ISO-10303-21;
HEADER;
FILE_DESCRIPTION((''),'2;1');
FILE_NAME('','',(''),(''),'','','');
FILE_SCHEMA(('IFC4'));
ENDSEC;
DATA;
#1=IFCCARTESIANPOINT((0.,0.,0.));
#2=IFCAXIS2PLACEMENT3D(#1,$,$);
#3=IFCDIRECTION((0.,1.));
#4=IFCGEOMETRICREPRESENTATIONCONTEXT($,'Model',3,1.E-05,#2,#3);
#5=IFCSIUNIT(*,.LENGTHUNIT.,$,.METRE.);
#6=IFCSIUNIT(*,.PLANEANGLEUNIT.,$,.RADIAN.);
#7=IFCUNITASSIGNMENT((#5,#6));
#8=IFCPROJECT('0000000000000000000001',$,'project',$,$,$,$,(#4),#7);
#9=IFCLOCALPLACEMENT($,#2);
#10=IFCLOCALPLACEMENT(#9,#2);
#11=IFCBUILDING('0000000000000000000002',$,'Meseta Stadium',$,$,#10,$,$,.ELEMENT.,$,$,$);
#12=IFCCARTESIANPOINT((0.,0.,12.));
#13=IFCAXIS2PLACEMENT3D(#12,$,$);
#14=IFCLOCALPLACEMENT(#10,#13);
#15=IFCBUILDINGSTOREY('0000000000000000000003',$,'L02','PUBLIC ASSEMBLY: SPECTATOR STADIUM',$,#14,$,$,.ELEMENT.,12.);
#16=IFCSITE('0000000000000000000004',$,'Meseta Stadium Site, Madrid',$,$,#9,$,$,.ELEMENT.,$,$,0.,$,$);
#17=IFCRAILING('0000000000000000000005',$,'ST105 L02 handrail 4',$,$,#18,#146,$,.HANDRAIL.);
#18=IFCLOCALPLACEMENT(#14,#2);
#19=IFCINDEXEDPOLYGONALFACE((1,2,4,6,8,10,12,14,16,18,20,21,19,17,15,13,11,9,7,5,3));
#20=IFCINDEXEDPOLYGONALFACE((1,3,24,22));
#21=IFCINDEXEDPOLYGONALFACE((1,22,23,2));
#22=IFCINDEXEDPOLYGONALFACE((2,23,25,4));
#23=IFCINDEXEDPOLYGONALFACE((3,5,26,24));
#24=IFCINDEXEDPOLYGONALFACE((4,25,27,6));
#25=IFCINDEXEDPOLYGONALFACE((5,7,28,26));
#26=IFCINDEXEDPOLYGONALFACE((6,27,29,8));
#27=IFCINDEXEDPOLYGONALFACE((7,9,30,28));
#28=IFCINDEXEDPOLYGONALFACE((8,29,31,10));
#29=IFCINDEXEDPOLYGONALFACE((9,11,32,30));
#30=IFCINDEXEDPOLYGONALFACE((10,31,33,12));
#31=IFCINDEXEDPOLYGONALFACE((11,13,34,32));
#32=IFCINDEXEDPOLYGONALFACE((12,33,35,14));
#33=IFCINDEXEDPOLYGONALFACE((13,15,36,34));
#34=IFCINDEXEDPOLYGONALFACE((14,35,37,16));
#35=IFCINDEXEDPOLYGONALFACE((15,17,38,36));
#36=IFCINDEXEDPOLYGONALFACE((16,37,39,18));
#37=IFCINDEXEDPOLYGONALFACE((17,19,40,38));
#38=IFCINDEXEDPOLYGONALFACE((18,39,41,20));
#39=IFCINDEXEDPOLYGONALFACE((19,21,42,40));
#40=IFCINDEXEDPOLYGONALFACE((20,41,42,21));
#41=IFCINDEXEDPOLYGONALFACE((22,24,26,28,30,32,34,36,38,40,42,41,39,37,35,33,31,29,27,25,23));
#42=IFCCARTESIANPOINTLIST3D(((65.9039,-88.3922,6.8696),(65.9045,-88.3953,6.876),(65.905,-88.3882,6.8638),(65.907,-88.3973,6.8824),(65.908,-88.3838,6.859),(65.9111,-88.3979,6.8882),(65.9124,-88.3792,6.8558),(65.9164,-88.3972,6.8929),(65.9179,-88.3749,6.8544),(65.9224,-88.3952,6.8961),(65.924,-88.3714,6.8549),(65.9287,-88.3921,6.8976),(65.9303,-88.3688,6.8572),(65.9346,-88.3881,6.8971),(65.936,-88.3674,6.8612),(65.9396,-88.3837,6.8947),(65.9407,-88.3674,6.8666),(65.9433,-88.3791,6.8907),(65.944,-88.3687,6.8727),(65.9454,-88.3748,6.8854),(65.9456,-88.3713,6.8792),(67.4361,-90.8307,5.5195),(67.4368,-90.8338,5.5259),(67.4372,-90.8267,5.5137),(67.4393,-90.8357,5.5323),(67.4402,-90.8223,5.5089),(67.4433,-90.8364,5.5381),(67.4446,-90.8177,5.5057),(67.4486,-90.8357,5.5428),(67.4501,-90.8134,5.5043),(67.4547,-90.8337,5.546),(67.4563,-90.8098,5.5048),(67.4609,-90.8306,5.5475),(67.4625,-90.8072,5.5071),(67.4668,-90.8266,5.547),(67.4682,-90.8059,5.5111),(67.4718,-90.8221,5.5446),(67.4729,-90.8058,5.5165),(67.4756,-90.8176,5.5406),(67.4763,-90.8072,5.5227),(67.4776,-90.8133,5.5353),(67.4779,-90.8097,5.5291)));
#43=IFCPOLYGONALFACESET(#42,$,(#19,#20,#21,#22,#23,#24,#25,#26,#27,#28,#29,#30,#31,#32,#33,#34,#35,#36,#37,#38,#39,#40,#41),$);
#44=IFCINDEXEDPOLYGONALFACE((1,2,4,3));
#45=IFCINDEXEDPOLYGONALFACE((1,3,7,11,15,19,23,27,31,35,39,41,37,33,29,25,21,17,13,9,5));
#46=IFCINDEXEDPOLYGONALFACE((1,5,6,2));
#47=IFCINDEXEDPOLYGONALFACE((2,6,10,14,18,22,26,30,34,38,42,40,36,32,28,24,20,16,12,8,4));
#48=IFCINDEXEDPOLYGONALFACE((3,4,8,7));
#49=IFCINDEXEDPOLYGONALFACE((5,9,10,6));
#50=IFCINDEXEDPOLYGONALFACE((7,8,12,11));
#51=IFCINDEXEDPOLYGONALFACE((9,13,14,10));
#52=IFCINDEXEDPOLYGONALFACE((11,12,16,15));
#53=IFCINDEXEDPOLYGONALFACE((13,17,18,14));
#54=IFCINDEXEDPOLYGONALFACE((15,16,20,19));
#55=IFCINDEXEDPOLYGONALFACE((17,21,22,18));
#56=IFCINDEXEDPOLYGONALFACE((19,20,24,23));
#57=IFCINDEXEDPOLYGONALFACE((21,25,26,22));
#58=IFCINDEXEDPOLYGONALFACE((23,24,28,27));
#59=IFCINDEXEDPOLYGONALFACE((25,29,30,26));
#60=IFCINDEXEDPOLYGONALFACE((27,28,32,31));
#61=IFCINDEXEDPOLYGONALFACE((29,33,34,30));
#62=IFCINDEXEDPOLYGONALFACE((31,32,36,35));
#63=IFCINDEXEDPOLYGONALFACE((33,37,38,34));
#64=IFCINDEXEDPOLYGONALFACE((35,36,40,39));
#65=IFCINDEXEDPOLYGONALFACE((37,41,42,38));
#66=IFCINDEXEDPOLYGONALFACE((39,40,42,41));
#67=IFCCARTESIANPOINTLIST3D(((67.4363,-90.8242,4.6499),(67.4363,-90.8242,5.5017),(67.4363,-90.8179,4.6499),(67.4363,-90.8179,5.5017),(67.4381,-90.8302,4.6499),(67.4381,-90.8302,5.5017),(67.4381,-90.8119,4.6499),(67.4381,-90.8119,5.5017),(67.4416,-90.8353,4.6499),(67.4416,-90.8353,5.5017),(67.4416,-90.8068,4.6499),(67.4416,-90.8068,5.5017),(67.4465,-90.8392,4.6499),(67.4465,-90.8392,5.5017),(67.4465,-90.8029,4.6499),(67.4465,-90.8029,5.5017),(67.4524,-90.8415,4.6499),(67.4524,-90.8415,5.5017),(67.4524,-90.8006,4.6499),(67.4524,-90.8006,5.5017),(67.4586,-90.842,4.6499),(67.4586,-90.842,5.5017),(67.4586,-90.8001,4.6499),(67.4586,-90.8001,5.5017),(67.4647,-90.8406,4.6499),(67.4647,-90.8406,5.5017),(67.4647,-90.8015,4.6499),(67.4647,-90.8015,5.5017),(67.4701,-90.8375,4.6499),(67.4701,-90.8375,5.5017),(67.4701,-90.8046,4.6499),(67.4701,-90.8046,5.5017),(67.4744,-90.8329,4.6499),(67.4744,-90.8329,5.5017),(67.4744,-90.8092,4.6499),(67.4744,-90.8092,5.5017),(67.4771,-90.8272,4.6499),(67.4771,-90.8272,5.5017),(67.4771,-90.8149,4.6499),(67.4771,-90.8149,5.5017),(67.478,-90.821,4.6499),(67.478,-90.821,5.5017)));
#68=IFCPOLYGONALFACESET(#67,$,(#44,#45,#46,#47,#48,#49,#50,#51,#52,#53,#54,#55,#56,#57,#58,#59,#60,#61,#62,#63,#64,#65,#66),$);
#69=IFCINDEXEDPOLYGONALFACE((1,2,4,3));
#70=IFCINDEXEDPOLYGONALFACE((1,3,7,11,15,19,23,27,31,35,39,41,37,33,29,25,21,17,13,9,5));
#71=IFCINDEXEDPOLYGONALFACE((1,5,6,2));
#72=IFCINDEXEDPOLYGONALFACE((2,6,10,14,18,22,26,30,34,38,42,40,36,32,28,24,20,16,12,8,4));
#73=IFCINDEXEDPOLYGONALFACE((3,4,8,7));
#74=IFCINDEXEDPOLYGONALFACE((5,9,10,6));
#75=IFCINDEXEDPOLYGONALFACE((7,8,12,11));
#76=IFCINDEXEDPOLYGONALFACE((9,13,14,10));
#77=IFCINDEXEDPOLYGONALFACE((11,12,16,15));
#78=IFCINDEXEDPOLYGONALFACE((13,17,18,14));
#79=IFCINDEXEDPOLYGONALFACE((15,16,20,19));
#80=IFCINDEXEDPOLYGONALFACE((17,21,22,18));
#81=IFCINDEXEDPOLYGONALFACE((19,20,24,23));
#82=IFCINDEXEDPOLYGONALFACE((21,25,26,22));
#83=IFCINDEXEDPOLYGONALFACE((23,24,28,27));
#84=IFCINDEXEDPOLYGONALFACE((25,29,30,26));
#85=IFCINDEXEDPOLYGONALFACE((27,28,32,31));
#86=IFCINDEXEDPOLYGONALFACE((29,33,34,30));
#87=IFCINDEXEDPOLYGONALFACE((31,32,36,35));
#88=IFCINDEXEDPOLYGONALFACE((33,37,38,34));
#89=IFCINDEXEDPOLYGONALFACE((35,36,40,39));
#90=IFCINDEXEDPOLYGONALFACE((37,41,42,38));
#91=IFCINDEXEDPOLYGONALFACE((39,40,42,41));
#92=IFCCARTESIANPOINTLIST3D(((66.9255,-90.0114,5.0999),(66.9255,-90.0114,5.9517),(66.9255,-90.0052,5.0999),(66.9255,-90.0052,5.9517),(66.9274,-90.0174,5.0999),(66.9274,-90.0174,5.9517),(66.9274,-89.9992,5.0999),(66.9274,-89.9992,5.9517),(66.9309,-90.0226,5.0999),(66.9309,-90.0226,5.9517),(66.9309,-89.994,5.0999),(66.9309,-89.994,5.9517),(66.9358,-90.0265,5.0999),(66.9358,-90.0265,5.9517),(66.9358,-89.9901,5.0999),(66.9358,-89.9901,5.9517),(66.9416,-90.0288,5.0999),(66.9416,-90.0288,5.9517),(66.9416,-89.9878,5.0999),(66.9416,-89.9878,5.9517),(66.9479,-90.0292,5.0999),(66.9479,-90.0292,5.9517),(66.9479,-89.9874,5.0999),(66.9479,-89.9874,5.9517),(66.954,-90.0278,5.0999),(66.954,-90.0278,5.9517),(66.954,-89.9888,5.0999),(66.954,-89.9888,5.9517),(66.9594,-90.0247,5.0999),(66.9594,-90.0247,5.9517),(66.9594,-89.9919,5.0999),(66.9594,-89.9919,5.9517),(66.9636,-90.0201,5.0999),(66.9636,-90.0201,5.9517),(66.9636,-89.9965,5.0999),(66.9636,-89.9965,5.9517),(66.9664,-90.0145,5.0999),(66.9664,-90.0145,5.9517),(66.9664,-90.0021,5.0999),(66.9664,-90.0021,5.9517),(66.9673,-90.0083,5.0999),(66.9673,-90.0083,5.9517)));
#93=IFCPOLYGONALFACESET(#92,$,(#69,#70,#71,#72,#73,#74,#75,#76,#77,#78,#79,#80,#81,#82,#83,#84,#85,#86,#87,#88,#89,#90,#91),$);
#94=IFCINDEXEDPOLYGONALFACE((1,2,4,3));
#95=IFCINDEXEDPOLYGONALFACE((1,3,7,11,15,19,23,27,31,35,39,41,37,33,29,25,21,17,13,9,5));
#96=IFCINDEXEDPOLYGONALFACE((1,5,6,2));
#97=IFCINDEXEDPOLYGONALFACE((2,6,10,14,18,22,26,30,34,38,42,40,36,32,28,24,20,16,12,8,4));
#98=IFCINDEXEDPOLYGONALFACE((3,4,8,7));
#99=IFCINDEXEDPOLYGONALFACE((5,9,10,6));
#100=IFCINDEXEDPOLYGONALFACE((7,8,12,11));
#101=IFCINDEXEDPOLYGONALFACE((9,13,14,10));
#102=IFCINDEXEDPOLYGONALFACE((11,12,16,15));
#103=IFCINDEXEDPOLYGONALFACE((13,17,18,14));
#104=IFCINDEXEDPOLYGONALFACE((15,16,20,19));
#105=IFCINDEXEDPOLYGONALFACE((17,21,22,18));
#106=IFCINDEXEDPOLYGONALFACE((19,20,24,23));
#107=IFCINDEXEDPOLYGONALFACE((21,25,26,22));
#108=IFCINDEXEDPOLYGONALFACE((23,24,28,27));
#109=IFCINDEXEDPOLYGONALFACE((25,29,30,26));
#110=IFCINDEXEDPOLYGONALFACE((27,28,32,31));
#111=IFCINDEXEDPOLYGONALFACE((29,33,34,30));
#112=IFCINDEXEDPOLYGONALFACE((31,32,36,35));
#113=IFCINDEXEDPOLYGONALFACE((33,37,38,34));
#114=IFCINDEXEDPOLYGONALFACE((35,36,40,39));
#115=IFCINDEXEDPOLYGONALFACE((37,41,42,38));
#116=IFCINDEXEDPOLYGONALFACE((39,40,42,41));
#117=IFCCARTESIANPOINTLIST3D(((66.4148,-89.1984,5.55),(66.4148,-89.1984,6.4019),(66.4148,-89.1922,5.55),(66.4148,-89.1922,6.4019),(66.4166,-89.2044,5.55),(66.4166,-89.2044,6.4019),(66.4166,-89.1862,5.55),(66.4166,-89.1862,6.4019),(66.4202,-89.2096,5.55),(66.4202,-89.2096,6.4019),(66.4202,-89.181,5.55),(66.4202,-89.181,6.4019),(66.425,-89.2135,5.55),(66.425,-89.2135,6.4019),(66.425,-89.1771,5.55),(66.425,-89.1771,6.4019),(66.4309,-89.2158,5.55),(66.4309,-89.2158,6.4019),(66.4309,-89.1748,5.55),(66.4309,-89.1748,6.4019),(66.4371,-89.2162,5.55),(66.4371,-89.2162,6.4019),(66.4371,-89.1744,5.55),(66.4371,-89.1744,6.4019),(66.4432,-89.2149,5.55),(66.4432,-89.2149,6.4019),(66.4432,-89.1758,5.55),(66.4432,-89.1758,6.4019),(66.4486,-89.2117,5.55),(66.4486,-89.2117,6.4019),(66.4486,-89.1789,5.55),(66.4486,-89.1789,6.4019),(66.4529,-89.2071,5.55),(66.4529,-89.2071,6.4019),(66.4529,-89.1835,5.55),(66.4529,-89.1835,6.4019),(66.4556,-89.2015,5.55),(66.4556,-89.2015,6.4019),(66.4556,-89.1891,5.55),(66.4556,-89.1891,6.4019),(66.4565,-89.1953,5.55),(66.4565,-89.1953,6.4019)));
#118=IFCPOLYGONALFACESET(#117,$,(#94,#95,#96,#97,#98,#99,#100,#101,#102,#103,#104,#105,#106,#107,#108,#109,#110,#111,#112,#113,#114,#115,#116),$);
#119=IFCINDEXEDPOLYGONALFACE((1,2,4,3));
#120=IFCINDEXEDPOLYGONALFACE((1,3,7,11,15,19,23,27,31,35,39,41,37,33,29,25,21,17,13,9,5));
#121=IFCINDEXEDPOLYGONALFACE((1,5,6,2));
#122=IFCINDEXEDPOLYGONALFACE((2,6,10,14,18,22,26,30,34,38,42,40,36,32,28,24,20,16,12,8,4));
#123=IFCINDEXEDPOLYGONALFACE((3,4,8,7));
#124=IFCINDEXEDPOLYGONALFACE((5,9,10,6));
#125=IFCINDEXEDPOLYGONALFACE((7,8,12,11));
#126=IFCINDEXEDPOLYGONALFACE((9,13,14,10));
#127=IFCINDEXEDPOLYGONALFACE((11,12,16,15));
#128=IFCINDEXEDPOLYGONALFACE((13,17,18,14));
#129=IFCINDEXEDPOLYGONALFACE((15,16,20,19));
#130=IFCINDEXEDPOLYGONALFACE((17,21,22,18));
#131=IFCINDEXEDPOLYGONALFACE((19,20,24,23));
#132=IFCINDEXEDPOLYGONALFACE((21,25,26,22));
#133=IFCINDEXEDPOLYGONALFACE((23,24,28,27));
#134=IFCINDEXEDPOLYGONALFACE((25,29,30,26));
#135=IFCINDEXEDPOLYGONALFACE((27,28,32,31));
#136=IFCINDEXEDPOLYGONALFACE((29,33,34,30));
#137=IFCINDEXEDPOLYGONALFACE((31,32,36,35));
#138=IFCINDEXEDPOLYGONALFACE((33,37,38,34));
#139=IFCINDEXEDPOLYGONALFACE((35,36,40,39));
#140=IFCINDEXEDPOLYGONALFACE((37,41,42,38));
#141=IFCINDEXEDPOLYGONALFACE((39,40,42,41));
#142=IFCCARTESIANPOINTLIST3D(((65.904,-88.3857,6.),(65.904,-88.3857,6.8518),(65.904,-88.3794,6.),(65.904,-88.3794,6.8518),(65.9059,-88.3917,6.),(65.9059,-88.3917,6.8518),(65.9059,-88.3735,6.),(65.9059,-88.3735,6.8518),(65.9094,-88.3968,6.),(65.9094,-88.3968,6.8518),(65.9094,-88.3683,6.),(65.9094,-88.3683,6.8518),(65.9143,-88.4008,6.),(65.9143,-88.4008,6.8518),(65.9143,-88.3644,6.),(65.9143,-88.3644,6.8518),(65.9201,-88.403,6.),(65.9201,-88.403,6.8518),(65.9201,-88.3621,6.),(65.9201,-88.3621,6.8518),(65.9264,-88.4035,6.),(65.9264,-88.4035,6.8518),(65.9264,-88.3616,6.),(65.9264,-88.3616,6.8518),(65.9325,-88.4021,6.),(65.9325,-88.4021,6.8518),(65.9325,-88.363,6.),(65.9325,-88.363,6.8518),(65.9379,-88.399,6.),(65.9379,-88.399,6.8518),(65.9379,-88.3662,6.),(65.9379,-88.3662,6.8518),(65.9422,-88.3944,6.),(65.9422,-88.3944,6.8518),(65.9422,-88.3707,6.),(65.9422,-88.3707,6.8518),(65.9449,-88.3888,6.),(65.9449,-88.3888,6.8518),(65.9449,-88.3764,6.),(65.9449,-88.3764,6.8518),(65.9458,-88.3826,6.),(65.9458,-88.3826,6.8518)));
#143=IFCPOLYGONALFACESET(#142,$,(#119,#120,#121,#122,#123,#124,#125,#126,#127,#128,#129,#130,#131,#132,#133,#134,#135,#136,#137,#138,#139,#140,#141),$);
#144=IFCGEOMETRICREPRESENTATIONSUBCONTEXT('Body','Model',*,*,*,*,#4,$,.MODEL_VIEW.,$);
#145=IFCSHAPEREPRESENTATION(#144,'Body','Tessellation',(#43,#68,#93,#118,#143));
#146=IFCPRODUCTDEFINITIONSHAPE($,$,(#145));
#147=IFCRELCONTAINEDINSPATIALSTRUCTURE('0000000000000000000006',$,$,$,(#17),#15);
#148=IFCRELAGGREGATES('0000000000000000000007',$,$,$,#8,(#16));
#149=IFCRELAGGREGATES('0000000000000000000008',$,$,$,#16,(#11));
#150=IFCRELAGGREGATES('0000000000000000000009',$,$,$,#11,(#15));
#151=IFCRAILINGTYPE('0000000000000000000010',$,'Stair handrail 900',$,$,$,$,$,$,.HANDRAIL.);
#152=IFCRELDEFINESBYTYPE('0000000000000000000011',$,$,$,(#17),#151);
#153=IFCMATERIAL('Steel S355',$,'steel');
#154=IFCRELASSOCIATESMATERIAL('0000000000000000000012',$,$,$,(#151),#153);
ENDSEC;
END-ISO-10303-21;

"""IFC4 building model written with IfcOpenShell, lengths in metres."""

from ifc_helpers import new_model, si_unit, direction, frame, origin, origin_2d, place, context, subcontext, project, spatial, circle, extrude, material, type_object, element, save


model = new_model("IFC4")

# Units and contexts
model_context = context("Model", 3, precision=1e-05, world=origin(), true_north=direction((0.0, 1.0)))
body_context = subcontext(model_context, "Body", "Model", "MODEL_VIEW")
ifc_project = project(units=[si_unit("LENGTHUNIT", "METRE"), si_unit("PLANEANGLEUNIT", "RADIAN")], contexts=[model_context])

# Site, building, storey
site_placement = place(None, origin())
site = spatial("IfcSite", under=ifc_project, at=site_placement, Name="Meseta Stadium Site, Madrid", CompositionType="ELEMENT", RefElevation=0.0)
building_placement = place(site_placement, origin())
building = spatial("IfcBuilding", under=site, at=building_placement, Name="Meseta Stadium", CompositionType="ELEMENT")
storey_placement = place(building_placement, frame((0.0, 0.0, 12.0)))
storey = spatial("IfcBuildingStorey", under=building, at=storey_placement, Name="L02", Description="PUBLIC ASSEMBLY: SPECTATOR STADIUM", CompositionType="ELEMENT", Elevation=12.0)

# Railing
ifc_material_1 = material(Name="Steel S355", Category="steel")
railing_type_1 = type_object("IfcRailingType", Name="Stair handrail 900", PredefinedType="HANDRAIL", material=ifc_material_1)
for number, where, name in (
    (1, (67.457, -90.821, 4.6499), "ST105 L02 handrail 4"),
):
    element("IfcRailing", number, at=place(storey_placement, frame(where)), inside=storey, type_object=railing_type_1, Name=name, PredefinedType="HANDRAIL", context=body_context, shape_type="SweptSolid", body=[
        extrude(circle(Radius=0.0239, at=origin_2d()), frame((0.0, 0.0, 0.876), z_axis=(-0.481731, 0.766655, 0.42447), x_axis=(-0.846719, -0.53204, 0.0)), (0.0, 0.0, 1.0), 3.1807),
        extrude(circle(Radius=0.021, at=origin_2d()), origin(), (0.0, 0.0, 1.0), 0.8518),
        extrude(circle(Radius=0.021, at=origin_2d()), frame((-0.5107, 0.8127, 0.45)), (0.0, 0.0, 1.0), 0.8518),
        extrude(circle(Radius=0.021, at=origin_2d()), frame((-1.0215, 1.6257, 0.9001)), (0.0, 0.0, 1.0), 0.8518),
        extrude(circle(Radius=0.021, at=origin_2d()), frame((-1.5322, 2.4385, 1.3501)), (0.0, 0.0, 1.0), 0.8518),
    ])

save(model, "model.ifc")
